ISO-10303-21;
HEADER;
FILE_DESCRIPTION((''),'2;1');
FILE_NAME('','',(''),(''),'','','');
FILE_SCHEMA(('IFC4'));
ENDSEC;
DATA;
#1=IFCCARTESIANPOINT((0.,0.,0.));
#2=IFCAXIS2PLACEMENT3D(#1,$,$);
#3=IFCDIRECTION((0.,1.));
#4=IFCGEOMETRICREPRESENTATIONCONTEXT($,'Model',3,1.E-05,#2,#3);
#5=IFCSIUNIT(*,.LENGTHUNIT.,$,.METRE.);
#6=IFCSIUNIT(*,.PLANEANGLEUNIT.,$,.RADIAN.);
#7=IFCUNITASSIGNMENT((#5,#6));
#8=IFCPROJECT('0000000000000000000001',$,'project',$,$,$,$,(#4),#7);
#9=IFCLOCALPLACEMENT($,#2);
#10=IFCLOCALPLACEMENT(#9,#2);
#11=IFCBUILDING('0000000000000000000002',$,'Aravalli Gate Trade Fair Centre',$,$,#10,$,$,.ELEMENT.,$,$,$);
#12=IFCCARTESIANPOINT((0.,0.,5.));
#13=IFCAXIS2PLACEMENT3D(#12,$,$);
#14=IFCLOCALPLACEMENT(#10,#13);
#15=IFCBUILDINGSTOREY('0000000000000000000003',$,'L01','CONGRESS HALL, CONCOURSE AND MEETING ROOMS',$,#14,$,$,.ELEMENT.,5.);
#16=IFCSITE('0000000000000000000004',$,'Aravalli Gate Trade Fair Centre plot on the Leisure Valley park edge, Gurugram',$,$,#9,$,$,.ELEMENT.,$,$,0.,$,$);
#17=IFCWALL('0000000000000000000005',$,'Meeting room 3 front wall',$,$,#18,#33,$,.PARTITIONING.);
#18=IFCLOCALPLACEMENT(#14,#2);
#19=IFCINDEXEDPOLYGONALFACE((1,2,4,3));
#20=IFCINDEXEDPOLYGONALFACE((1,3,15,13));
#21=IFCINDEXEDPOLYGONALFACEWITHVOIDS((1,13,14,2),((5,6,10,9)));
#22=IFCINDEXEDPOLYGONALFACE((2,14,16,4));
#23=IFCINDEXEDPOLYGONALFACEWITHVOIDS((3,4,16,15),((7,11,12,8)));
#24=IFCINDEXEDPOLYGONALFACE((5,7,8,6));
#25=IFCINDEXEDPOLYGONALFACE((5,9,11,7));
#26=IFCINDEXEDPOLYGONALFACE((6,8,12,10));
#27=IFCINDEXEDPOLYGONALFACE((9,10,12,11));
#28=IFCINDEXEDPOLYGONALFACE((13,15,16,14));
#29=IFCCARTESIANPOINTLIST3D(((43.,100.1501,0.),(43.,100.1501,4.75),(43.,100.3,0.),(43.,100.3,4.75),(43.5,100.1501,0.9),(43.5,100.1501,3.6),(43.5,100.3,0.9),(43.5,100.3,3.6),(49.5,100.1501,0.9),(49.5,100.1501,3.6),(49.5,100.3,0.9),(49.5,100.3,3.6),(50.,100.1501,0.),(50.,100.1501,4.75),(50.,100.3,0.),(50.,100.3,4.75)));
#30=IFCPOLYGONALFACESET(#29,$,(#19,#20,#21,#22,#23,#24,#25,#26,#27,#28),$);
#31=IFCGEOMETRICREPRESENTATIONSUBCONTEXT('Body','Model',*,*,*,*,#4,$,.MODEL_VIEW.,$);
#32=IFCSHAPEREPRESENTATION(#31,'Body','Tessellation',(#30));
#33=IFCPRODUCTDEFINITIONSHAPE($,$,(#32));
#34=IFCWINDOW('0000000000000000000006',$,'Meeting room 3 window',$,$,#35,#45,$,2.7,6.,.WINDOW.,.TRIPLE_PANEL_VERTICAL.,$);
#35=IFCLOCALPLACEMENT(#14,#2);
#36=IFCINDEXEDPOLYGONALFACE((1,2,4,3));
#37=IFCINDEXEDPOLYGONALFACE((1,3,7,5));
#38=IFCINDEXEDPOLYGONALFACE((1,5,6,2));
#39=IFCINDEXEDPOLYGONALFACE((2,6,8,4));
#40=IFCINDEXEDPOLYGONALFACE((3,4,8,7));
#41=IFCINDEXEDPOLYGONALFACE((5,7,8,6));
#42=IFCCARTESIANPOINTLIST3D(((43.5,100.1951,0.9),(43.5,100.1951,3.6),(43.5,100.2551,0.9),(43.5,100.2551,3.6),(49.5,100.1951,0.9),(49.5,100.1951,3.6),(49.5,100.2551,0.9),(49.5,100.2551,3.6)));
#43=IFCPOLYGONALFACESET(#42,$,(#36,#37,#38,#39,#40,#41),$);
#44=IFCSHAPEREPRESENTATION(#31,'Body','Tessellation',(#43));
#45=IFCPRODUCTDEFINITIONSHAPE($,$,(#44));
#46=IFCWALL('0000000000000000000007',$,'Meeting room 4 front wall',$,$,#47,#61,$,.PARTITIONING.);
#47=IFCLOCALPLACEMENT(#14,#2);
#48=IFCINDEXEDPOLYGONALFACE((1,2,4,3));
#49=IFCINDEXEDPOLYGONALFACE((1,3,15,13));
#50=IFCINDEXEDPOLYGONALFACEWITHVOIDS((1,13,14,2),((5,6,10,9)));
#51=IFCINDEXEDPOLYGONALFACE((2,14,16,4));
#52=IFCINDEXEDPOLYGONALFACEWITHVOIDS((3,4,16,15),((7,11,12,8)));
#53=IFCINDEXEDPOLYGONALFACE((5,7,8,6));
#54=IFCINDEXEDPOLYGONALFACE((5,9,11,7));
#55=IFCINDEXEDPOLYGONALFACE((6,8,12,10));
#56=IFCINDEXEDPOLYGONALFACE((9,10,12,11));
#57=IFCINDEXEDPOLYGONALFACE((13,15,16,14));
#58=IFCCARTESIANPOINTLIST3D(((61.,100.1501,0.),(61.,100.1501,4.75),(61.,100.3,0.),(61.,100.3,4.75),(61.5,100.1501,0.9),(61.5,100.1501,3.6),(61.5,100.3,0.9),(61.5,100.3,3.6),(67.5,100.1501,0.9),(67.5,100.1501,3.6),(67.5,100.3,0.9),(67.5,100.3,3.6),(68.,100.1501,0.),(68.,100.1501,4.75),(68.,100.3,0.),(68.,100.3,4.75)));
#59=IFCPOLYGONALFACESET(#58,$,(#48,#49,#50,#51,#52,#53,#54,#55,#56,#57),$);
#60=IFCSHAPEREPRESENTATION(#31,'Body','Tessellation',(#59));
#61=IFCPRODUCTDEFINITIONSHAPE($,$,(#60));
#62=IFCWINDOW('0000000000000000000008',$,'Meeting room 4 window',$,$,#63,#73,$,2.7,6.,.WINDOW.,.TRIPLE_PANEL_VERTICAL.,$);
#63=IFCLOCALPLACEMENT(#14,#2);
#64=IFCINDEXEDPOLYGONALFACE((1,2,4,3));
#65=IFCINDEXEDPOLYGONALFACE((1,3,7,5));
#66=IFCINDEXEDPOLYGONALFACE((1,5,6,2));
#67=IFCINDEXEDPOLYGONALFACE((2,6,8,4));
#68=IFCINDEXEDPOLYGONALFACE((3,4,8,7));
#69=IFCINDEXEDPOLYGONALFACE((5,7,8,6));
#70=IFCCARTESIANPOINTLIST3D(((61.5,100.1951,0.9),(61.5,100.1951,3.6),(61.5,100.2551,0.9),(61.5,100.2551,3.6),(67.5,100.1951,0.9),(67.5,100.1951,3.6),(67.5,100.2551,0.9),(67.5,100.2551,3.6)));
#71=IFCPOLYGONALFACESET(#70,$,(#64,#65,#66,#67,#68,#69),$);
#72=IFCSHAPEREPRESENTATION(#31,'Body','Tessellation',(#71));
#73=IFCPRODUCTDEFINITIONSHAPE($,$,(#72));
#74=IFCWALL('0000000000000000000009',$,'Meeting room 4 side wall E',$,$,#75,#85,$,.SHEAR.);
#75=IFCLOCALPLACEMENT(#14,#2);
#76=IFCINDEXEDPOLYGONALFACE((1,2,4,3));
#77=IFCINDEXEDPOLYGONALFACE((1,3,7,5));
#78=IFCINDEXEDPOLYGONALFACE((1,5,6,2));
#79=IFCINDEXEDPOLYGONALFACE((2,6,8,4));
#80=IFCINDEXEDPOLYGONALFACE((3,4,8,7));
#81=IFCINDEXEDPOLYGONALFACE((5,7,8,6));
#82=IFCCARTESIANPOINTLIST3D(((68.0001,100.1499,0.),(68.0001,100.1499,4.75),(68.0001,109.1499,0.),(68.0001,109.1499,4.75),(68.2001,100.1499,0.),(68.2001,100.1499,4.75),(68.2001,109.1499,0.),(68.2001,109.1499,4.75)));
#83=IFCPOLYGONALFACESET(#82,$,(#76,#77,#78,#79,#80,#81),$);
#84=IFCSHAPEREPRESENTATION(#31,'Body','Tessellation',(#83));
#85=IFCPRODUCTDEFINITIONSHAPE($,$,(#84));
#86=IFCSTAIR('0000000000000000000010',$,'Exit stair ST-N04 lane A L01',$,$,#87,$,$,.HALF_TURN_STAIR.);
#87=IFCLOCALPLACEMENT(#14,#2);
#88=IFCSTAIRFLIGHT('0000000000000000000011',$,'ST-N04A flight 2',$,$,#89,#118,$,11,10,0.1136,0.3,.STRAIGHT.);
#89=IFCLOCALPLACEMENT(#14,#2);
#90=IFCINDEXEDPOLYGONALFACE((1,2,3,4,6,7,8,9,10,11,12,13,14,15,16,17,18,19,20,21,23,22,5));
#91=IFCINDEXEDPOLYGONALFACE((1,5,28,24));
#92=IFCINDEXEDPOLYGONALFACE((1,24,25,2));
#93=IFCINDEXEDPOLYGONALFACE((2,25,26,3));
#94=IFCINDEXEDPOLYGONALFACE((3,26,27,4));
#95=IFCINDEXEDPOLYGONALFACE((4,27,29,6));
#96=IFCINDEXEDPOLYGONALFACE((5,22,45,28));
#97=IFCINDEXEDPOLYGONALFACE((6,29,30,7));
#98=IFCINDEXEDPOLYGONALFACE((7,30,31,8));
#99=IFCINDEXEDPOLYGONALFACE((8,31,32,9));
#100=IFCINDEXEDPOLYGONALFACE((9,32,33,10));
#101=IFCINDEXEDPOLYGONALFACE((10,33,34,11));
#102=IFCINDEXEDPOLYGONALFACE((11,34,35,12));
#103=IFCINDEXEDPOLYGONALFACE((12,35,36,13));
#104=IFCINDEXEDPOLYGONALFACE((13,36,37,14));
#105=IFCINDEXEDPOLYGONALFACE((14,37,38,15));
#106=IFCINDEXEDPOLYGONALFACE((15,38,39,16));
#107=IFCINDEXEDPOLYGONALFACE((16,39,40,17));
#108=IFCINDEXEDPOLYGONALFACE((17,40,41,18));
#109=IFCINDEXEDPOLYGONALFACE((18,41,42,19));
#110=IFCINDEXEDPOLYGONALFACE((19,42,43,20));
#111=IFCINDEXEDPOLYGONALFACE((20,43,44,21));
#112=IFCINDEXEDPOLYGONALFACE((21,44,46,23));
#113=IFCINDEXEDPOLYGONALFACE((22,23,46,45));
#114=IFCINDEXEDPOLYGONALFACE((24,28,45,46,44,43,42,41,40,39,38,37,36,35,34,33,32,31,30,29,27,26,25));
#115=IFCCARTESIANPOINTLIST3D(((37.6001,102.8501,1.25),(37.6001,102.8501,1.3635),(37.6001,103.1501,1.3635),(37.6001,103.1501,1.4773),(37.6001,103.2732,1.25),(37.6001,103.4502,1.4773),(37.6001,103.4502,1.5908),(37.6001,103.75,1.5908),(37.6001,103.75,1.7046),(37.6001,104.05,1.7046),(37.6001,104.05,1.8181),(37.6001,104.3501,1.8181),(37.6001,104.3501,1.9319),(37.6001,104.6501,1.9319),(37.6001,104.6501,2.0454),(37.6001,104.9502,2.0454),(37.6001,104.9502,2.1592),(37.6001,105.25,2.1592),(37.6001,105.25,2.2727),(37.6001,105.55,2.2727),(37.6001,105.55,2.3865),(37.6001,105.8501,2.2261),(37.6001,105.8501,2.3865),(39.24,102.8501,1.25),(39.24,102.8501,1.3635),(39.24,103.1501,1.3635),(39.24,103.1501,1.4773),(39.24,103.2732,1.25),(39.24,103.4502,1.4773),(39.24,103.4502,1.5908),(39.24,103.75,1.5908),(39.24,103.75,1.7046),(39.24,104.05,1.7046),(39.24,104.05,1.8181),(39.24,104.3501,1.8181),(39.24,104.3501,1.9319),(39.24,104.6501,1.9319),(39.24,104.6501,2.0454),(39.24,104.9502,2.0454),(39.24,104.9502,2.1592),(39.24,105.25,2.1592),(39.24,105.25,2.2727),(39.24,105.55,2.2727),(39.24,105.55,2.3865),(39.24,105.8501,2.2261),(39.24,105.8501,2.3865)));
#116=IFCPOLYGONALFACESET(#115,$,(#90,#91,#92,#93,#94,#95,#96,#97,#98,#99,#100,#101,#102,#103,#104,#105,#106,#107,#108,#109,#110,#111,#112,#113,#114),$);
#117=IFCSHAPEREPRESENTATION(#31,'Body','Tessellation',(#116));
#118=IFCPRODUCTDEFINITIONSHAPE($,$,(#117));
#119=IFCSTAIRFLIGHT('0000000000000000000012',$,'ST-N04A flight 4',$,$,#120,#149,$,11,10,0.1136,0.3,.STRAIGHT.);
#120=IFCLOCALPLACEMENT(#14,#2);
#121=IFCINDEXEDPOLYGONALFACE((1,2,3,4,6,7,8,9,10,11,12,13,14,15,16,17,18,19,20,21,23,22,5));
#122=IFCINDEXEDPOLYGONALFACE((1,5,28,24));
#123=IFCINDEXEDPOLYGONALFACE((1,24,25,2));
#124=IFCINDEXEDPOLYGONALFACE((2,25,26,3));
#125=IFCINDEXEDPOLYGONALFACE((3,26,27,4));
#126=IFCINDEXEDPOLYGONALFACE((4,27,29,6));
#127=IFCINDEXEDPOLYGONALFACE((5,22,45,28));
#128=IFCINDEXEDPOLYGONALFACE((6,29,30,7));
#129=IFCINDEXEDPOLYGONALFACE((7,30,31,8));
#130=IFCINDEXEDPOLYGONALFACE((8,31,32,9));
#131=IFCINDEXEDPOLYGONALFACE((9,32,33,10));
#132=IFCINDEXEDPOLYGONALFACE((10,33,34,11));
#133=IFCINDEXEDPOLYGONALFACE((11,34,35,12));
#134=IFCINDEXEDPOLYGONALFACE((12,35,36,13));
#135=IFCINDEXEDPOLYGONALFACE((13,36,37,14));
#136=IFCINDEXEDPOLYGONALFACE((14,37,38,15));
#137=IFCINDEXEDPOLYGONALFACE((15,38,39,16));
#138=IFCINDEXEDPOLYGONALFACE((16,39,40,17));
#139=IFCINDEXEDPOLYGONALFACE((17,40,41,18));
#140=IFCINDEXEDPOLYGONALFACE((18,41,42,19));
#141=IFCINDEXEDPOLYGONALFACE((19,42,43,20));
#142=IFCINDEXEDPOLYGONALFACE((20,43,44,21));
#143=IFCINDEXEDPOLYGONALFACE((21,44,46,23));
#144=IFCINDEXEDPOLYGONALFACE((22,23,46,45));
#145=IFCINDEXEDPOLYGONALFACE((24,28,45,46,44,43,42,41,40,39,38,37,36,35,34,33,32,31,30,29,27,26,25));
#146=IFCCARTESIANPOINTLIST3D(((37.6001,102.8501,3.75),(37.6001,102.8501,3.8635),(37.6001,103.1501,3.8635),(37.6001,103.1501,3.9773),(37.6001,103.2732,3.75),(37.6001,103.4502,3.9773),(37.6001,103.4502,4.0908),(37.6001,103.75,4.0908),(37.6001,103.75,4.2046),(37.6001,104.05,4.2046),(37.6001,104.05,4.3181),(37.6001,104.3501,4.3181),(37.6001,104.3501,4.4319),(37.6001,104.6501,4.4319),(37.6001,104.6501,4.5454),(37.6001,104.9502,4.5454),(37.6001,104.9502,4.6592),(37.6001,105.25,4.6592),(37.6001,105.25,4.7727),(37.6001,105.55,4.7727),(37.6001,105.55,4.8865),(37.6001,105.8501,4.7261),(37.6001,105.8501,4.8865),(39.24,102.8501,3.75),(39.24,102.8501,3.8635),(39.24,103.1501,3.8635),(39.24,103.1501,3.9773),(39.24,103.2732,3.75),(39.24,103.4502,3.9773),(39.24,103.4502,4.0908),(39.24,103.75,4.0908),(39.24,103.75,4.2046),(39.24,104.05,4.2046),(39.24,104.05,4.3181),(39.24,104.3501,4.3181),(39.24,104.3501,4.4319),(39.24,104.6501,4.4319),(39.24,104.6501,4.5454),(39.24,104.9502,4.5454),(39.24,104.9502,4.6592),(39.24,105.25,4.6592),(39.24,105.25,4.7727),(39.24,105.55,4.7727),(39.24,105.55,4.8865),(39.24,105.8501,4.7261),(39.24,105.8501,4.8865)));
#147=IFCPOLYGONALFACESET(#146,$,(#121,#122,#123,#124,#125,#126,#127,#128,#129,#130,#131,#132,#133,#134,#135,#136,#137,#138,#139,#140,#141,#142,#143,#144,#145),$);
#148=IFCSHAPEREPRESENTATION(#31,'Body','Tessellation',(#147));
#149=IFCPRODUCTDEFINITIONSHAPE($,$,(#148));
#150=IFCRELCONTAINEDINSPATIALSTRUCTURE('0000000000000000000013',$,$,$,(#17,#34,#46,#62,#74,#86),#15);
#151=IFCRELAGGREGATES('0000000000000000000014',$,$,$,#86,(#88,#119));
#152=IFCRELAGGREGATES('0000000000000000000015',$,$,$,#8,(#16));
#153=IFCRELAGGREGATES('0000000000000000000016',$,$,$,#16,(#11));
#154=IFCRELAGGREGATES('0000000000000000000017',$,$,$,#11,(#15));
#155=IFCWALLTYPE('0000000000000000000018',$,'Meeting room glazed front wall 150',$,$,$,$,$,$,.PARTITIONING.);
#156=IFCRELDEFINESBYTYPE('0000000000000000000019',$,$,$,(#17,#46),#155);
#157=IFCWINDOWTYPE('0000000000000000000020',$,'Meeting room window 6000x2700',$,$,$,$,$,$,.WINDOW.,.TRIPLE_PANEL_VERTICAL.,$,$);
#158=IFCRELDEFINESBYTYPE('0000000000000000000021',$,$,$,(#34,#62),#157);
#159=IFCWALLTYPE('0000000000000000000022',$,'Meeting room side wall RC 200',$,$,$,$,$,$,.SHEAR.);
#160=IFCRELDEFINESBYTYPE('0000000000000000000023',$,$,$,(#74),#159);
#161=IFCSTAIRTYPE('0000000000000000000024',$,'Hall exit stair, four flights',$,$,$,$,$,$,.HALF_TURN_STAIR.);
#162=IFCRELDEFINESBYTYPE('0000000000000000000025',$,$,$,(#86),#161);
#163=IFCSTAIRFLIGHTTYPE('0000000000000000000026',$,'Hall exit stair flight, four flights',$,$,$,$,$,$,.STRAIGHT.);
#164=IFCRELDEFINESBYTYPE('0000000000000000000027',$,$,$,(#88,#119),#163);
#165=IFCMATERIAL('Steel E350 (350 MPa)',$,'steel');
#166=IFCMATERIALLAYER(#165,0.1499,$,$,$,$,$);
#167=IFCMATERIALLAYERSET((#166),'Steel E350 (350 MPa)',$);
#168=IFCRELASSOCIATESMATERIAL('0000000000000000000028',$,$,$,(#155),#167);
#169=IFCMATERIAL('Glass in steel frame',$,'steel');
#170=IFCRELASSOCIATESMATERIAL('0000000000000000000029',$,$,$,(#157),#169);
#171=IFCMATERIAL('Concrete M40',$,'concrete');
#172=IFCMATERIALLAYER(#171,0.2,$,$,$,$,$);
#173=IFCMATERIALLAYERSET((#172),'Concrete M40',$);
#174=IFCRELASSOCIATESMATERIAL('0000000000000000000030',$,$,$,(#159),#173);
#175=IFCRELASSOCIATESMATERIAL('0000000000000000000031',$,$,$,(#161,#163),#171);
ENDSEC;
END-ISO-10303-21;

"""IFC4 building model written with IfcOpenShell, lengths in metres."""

from ifc_helpers import new_model, si_unit, direction, frame, frame_2d, origin, place, context, subcontext, project, spatial, polyline, rectangle, outline, extrude, material, layer, layer_set, type_object, element, fill, aggregate, save


model = new_model("IFC4")

# Units and contexts
model_context = context("Model", 3, precision=1e-05, world=origin(), true_north=direction((0.0, 1.0)))
body_context = subcontext(model_context, "Body", "Model", "MODEL_VIEW")
ifc_project = project(units=[si_unit("LENGTHUNIT", "METRE"), si_unit("PLANEANGLEUNIT", "RADIAN")], contexts=[model_context])

# Site, building, storey
site_placement = place(None, origin())
site = spatial("IfcSite", under=ifc_project, at=site_placement, Name="Aravalli Gate Trade Fair Centre plot on the Leisure Valley park edge, Gurugram", CompositionType="ELEMENT", RefElevation=0.0)
building_placement = place(site_placement, origin())
building = spatial("IfcBuilding", under=site, at=building_placement, Name="Aravalli Gate Trade Fair Centre", CompositionType="ELEMENT")
storey_placement = place(building_placement, frame((0.0, 0.0, 5.0)))
storey = spatial("IfcBuildingStorey", under=building, at=storey_placement, Name="L01", Description="CONGRESS HALL, CONCOURSE AND MEETING ROOMS", CompositionType="ELEMENT", Elevation=5.0)

# Walls, openings, windows
ifc_material_1 = material(Name="Steel E350 (350 MPa)", Category="steel")
ifc_layer_1 = layer(ifc_material_1, 0.1499)
ifc_layer_set_1 = layer_set([ifc_layer_1], Name="Steel E350 (350 MPa)")
wall_type_1 = type_object("IfcWallType", Name="Meeting room glazed front wall 150", PredefinedType="PARTITIONING", material=ifc_layer_set_1)
wall_1_placement = place(storey_placement, frame((43.0, 100.2251, 0.0), z_axis=(0.0, 0.0, 1.0), x_axis=(1.0, 0.0, 0.0)))
wall_1 = element("IfcWall", 1, at=wall_1_placement, inside=storey, type_object=wall_type_1, Name="Meeting room 3 front wall", PredefinedType="PARTITIONING", context=body_context, shape_type="SweptSolid", body=[
    extrude(rectangle(XDim=7.0, YDim=0.1499, at=frame_2d((3.5, 0.0))), origin(), (0.0, 0.0, 1.0), 4.75),
])
opening_1_placement = place(wall_1_placement, frame((0.5, 0.0, 0.8999)))
opening_1 = element("IfcOpeningElement", 2, at=opening_1_placement, cuts=wall_1, PredefinedType="OPENING", context=body_context, shape_type="SweptSolid", body=[
    extrude(rectangle(XDim=6.0, YDim=2.7, at=frame_2d((3.0, 1.3501))), frame((0.0, 0.085, 0.0), z_axis=(0.0, -1.0, 0.0), x_axis=(1.0, 0.0, 0.0)), (0.0, 0.0, 1.0), 0.1699),
])
ifc_material_2 = material(Name="Glass in steel frame", Category="steel")
window_type = type_object("IfcWindowType", Name="Meeting room window 6000x2700", PartitioningType="TRIPLE_PANEL_VERTICAL", PredefinedType="WINDOW", material=ifc_material_2)
window_1_placement = place(opening_1_placement, origin())
window_1 = element("IfcWindow", 3, at=window_1_placement, inside=storey, type_object=window_type, Name="Meeting room 3 window", OverallHeight=2.7, OverallWidth=6.0, PartitioningType="TRIPLE_PANEL_VERTICAL", PredefinedType="WINDOW", context=body_context, shape_type="SweptSolid", body=[
    extrude(rectangle(XDim=6.0, YDim=2.7, at=frame_2d((3.0, 1.3501))), frame((0.0, 0.03, 0.0), z_axis=(0.0, -1.0, 0.0), x_axis=(1.0, 0.0, 0.0)), (0.0, 0.0, 1.0), 0.0601),
])
fill(opening_1, window_1)
wall_2_placement = place(storey_placement, frame((61.0, 100.2251, 0.0), z_axis=(0.0, 0.0, 1.0), x_axis=(1.0, 0.0, 0.0)))
wall_2 = element("IfcWall", 4, at=wall_2_placement, inside=storey, type_object=wall_type_1, Name="Meeting room 4 front wall", PredefinedType="PARTITIONING", context=body_context, shape_type="SweptSolid", body=[
    extrude(rectangle(XDim=7.0, YDim=0.1499, at=frame_2d((3.5, 0.0))), origin(), (0.0, 0.0, 1.0), 4.75),
])
opening_2_placement = place(wall_2_placement, frame((0.5, 0.0, 0.8999)))
opening_2 = element("IfcOpeningElement", 5, at=opening_2_placement, cuts=wall_2, PredefinedType="OPENING", context=body_context, shape_type="SweptSolid", body=[
    extrude(rectangle(XDim=6.0, YDim=2.7, at=frame_2d((3.0, 1.3501))), frame((0.0, 0.085, 0.0), z_axis=(0.0, -1.0, 0.0), x_axis=(1.0, 0.0, 0.0)), (0.0, 0.0, 1.0), 0.1699),
])
window_2_placement = place(opening_2_placement, origin())
window_2 = element("IfcWindow", 6, at=window_2_placement, inside=storey, type_object=window_type, Name="Meeting room 4 window", OverallHeight=2.7, OverallWidth=6.0, PartitioningType="TRIPLE_PANEL_VERTICAL", PredefinedType="WINDOW", context=body_context, shape_type="SweptSolid", body=[
    extrude(rectangle(XDim=6.0, YDim=2.7, at=frame_2d((3.0, 1.3501))), frame((0.0, 0.03, 0.0), z_axis=(0.0, -1.0, 0.0), x_axis=(1.0, 0.0, 0.0)), (0.0, 0.0, 1.0), 0.0601),
])
fill(opening_2, window_2)

# Wall
ifc_material_3 = material(Name="Concrete M40", Category="concrete")
ifc_layer_2 = layer(ifc_material_3, 0.2)
ifc_layer_set_2 = layer_set([ifc_layer_2], Name="Concrete M40")
wall_type_2 = type_object("IfcWallType", Name="Meeting room side wall RC 200", PredefinedType="SHEAR", material=ifc_layer_set_2)
wall_3_placement = place(storey_placement, frame((68.1001, 100.1499, 0.0), z_axis=(0.0, 0.0, 1.0), x_axis=(0.0, 1.0, 0.0)))
element("IfcWall", 7, at=wall_3_placement, inside=storey, type_object=wall_type_2, Name="Meeting room 4 side wall E", PredefinedType="SHEAR", context=body_context, shape_type="SweptSolid", body=[
    extrude(rectangle(XDim=9.0, YDim=0.2, at=frame_2d((4.5, 0.0))), origin(), (0.0, 0.0, 1.0), 4.75),
])

# Stair, stair flights
stair_type = type_object("IfcStairType", Name="Hall exit stair, four flights", PredefinedType="HALF_TURN_STAIR", material=ifc_material_3)
stair_1_placement = place(storey_placement, origin())
stair_1 = element("IfcStair", 8, at=stair_1_placement, inside=storey, type_object=stair_type, Name="Exit stair ST-N04 lane A L01", PredefinedType="HALF_TURN_STAIR")
stair_flight_type = type_object("IfcStairFlightType", Name="Hall exit stair flight, four flights", PredefinedType="STRAIGHT", material=ifc_material_3)
stair_flight_1_placement = place(storey_placement, frame((38.4199, 102.8501, 1.25), z_axis=(0.0, 0.0, 1.0), x_axis=(0.0, 1.0, 0.0)))
stair_flight_1 = element("IfcStairFlight", 9, at=stair_flight_1_placement, type_object=stair_flight_type, Name="ST-N04A flight 2", NumberOfRisers=11, NumberOfTreads=10, PredefinedType="STRAIGHT", RiserHeight=0.1136, TreadLength=0.3, context=body_context, shape_type="SweptSolid", body=[
    extrude(outline(polyline([(0.0, 0.0), (0.0, 0.1135), (0.3, 0.1135), (0.3, 0.2273), (0.6001, 0.2273), (0.6001, 0.3408), (0.8999, 0.3408), (0.8999, 0.4546), (1.2, 0.4546), (1.2, 0.5681), (1.5, 0.5681), (1.5, 0.6819), (1.8, 0.6819), (1.8, 0.7954), (2.1001, 0.7954), (2.1001, 0.9092), (2.3999, 0.9092), (2.3999, 1.0227), (2.7, 1.0227), (2.7, 1.1365), (3.0, 1.1365), (3.0, 1.25), (3.0, 0.9761), (0.4231, 0.0), (0.0, 0.0)])), frame((0.0, 0.8198, 0.0), z_axis=(0.0, -1.0, 0.0), x_axis=(1.0, 0.0, 0.0)), (0.0, 0.0, 1.0), 1.6399),
])
stair_flight_2_placement = place(storey_placement, frame((38.4199, 102.8501, 3.75), z_axis=(0.0, 0.0, 1.0), x_axis=(0.0, 1.0, 0.0)))
stair_flight_2 = element("IfcStairFlight", 10, at=stair_flight_2_placement, type_object=stair_flight_type, Name="ST-N04A flight 4", NumberOfRisers=11, NumberOfTreads=10, PredefinedType="STRAIGHT", RiserHeight=0.1136, TreadLength=0.3, context=body_context, shape_type="SweptSolid", body=[
    extrude(outline(polyline([(0.0, 0.0), (0.0, 0.1135), (0.3, 0.1135), (0.3, 0.2273), (0.6001, 0.2273), (0.6001, 0.3408), (0.8999, 0.3408), (0.8999, 0.4546), (1.2, 0.4546), (1.2, 0.5681), (1.5, 0.5681), (1.5, 0.6819), (1.8, 0.6819), (1.8, 0.7954), (2.1001, 0.7954), (2.1001, 0.9092), (2.3999, 0.9092), (2.3999, 1.0227), (2.7, 1.0227), (2.7, 1.1365), (3.0, 1.1365), (3.0, 1.25), (3.0, 0.9761), (0.4231, 0.0), (0.0, 0.0)])), frame((0.0, 0.8198, 0.0), z_axis=(0.0, -1.0, 0.0), x_axis=(1.0, 0.0, 0.0)), (0.0, 0.0, 1.0), 1.6399),
])
aggregate(stair_1, [stair_flight_1, stair_flight_2])

save(model, "model.ifc")
